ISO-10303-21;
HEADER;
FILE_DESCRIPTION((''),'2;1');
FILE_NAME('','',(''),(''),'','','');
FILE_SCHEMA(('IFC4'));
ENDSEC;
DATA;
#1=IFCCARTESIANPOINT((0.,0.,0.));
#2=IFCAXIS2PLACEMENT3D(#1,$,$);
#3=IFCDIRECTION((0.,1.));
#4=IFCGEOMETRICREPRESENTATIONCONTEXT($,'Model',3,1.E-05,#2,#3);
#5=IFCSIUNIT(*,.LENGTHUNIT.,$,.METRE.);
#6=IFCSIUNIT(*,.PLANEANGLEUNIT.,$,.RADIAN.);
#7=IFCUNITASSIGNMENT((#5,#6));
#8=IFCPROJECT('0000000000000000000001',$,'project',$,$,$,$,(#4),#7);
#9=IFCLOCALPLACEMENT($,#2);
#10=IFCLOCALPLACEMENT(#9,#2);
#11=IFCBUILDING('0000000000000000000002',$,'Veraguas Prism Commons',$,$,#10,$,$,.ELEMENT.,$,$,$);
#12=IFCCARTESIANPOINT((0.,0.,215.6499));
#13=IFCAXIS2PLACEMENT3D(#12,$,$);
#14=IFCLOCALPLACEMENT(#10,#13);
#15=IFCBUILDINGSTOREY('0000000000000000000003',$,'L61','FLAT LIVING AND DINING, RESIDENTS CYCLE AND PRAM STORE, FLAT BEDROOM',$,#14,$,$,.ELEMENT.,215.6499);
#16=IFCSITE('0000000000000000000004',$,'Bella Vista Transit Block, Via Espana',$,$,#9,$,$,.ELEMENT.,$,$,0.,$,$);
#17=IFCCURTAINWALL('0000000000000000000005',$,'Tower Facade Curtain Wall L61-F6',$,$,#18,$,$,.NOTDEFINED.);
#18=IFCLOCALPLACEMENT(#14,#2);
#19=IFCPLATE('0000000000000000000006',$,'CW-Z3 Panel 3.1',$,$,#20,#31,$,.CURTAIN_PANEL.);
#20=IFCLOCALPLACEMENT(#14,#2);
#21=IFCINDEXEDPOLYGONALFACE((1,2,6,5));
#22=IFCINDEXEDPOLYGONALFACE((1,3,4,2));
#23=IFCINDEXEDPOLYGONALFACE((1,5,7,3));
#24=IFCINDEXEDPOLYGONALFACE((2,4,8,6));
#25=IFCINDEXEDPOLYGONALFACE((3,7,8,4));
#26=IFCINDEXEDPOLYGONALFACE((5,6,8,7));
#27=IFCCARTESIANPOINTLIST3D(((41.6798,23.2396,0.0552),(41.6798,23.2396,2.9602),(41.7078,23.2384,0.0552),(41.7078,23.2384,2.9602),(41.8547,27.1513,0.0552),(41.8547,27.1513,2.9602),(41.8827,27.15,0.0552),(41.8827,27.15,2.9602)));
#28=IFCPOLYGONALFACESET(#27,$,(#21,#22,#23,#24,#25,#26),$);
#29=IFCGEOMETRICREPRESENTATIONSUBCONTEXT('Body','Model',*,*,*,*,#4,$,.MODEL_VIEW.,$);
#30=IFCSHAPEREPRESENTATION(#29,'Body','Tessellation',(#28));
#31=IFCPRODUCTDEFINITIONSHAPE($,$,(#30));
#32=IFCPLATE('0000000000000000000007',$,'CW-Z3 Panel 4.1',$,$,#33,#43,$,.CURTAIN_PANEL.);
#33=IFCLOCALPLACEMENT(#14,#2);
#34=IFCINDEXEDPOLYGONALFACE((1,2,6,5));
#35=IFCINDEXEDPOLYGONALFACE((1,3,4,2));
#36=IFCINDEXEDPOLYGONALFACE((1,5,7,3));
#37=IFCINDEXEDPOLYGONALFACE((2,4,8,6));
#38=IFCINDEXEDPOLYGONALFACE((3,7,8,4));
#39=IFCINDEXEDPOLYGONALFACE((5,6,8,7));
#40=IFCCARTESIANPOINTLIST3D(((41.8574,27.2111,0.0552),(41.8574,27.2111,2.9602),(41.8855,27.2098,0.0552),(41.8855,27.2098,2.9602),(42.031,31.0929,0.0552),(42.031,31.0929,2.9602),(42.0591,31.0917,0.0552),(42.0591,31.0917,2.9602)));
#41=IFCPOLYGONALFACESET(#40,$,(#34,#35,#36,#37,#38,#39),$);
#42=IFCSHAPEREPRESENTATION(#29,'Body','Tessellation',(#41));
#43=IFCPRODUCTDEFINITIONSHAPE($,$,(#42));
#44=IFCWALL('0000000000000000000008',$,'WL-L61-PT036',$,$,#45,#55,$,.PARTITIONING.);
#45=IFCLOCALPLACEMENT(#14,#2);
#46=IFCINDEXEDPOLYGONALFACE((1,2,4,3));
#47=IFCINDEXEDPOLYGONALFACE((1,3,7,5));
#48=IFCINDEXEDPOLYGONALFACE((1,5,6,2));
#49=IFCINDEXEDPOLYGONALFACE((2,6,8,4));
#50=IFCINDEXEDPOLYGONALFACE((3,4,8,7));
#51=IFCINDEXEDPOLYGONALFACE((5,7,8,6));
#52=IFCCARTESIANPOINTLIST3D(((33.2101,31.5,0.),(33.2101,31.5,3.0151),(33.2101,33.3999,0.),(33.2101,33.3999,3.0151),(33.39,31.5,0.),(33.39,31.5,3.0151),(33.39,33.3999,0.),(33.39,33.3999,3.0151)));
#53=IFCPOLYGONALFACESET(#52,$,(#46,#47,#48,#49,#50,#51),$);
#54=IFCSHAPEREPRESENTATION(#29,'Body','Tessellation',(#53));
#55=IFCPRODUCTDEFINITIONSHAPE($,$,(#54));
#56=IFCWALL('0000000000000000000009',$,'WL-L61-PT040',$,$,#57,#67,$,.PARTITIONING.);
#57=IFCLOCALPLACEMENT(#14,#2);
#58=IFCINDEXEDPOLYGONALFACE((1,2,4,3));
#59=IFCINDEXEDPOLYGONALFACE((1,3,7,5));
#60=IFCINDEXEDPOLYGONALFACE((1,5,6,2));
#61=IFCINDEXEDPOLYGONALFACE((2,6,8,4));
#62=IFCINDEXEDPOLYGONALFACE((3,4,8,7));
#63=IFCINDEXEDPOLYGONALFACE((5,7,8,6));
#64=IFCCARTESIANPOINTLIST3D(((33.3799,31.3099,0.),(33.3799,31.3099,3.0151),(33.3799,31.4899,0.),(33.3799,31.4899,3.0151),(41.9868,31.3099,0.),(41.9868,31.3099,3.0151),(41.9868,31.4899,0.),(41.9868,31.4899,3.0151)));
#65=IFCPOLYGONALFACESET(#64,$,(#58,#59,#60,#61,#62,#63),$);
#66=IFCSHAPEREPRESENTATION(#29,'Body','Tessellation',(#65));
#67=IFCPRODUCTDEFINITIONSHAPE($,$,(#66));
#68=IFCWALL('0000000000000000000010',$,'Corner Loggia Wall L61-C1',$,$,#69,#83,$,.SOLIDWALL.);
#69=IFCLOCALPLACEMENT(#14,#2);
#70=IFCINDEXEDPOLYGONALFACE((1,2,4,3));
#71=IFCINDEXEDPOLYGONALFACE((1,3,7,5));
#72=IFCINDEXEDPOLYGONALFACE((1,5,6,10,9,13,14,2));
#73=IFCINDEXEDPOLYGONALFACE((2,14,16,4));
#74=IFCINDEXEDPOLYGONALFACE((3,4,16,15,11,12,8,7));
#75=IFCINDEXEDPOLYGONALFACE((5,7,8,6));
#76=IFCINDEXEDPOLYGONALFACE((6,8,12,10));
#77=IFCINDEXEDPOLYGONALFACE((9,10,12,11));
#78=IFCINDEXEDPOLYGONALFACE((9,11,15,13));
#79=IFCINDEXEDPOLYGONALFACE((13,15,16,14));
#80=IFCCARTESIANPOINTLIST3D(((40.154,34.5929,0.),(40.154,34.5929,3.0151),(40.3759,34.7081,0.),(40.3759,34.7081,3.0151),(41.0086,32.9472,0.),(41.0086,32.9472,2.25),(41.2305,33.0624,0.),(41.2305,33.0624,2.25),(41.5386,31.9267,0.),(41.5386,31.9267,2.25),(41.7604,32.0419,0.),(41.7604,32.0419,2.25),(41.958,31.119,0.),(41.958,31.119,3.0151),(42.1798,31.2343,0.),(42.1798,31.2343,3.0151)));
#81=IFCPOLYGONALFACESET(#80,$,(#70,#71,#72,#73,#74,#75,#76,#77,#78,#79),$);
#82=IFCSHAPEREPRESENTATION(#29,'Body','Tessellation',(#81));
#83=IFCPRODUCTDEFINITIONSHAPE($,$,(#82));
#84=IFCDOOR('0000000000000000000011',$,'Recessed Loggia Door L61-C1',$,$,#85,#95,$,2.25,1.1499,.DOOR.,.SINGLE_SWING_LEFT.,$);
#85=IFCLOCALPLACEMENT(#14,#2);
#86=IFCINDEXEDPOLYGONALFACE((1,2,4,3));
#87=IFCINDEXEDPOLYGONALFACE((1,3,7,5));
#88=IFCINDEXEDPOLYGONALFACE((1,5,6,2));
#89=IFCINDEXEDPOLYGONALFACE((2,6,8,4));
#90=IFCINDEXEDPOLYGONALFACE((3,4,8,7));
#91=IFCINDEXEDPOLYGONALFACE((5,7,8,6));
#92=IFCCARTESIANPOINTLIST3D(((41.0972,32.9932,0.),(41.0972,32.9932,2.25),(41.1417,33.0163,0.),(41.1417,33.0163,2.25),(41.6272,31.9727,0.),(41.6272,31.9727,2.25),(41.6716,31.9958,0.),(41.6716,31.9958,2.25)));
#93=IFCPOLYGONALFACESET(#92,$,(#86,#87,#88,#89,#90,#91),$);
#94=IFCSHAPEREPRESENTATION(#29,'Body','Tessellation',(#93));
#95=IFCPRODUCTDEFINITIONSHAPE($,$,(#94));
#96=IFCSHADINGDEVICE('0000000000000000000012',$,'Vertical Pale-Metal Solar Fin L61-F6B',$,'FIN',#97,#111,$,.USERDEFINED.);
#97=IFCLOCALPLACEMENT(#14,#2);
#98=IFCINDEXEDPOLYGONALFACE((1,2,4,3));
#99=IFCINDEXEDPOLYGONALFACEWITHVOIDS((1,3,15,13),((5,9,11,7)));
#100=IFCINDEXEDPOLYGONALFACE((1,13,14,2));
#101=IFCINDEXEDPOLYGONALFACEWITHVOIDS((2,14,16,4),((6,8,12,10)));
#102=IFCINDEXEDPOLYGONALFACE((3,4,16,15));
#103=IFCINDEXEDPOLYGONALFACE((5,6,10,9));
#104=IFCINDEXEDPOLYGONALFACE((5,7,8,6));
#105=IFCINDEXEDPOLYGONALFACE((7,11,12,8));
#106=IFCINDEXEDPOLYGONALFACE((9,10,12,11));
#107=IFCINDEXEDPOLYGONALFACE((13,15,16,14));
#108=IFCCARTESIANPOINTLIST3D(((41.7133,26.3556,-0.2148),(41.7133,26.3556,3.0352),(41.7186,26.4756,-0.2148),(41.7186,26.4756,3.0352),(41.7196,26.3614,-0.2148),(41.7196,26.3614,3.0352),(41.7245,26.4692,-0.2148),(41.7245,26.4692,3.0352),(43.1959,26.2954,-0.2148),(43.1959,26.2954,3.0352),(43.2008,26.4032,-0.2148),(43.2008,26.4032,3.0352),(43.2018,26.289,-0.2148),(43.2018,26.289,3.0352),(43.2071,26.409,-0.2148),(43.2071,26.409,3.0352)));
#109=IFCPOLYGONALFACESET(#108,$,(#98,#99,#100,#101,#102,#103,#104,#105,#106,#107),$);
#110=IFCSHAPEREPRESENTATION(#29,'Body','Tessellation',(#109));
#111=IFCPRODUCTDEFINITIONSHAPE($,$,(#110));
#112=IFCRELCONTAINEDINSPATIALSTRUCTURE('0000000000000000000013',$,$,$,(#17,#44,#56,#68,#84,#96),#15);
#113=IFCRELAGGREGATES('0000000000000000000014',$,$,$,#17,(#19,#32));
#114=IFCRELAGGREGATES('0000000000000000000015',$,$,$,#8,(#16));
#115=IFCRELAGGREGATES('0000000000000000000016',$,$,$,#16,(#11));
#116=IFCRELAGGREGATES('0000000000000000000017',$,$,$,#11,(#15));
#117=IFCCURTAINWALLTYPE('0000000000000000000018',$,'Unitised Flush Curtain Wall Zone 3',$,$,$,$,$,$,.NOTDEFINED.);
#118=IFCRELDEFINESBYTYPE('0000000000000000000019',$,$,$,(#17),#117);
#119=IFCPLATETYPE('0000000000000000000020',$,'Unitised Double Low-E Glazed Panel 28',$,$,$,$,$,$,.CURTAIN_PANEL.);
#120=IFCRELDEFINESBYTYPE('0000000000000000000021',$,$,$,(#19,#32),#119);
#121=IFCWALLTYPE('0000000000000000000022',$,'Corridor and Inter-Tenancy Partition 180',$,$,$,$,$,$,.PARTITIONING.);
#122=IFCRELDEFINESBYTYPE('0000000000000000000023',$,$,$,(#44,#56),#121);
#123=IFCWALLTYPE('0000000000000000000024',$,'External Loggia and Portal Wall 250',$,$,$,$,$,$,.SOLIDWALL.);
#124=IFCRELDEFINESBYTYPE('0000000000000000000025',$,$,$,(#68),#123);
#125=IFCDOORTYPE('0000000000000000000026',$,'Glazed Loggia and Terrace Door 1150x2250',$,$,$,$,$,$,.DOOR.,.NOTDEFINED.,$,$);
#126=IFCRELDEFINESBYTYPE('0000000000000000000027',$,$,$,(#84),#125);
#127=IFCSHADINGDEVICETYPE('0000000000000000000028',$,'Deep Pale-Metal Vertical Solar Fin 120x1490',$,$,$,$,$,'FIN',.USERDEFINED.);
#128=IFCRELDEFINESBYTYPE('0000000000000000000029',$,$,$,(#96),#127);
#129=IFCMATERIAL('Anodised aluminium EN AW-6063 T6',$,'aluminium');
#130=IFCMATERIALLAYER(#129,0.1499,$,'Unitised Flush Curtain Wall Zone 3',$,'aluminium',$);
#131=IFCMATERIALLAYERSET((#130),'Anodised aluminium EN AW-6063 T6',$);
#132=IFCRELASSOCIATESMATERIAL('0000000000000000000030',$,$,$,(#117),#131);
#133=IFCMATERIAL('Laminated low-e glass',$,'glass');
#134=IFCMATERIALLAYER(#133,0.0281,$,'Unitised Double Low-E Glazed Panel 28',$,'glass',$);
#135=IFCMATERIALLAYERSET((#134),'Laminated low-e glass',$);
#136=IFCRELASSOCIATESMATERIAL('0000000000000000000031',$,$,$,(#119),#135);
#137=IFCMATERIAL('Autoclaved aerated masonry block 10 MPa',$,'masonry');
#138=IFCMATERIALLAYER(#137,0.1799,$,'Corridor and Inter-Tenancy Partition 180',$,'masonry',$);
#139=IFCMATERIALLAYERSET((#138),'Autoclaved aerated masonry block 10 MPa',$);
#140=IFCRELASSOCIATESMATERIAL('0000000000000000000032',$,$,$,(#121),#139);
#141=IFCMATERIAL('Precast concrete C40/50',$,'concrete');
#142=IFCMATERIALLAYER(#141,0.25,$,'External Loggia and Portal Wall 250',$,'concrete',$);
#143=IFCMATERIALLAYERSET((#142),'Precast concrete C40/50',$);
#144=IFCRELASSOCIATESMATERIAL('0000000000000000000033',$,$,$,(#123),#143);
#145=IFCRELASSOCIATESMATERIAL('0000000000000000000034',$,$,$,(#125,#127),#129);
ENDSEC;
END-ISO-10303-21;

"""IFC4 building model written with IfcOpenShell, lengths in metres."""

from ifc_helpers import new_model, si_unit, direction, frame, frame_2d, origin, origin_2d, place, context, subcontext, project, spatial, rectangle, hollow_rectangle, extrude, source, transform, mapped, material, layer, layer_set, material_profile, profile_set, type_object, element, fill, aggregate, save


model = new_model("IFC4")

# Units and contexts
model_context = context("Model", 3, precision=1e-05, world=origin(), true_north=direction((0.0, 1.0)))
body_context = subcontext(model_context, "Body", "Model", "MODEL_VIEW")
ifc_project = project(units=[si_unit("LENGTHUNIT", "METRE"), si_unit("PLANEANGLEUNIT", "RADIAN")], contexts=[model_context])

# Site, building, storey
site_placement = place(None, origin())
site = spatial("IfcSite", under=ifc_project, at=site_placement, Name="Bella Vista Transit Block, Via Espana", CompositionType="ELEMENT", RefElevation=0.0)
building_placement = place(site_placement, origin())
building = spatial("IfcBuilding", under=site, at=building_placement, Name="Veraguas Prism Commons", CompositionType="ELEMENT")
storey_placement = place(building_placement, frame((0.0, 0.0, 215.6499)))
storey = spatial("IfcBuildingStorey", under=building, at=storey_placement, Name="L61", Description="FLAT LIVING AND DINING, RESIDENTS CYCLE AND PRAM STORE, FLAT BEDROOM", CompositionType="ELEMENT", Elevation=215.6499)

# Curtain wall, plates
ifc_material_1 = material(Name="Anodised aluminium EN AW-6063 T6", Category="aluminium")
ifc_layer_1 = layer(ifc_material_1, 0.1499, Name="Unitised Flush Curtain Wall Zone 3", Category="aluminium")
ifc_layer_set_1 = layer_set([ifc_layer_1], Name="Anodised aluminium EN AW-6063 T6")
curtain_wall_type = type_object("IfcCurtainWallType", Name="Unitised Flush Curtain Wall Zone 3", PredefinedType="NOTDEFINED", material=ifc_layer_set_1)
curtain_wall_placement = place(storey_placement, origin())
curtain_wall = element("IfcCurtainWall", 1, at=curtain_wall_placement, inside=storey, type_object=curtain_wall_type, Name="Tower Facade Curtain Wall L61-F6", PredefinedType="NOTDEFINED")
ifc_material_2 = material(Name="Laminated low-e glass", Category="glass")
ifc_layer_2 = layer(ifc_material_2, 0.0281, Name="Unitised Double Low-E Glazed Panel 28", Category="glass")
ifc_layer_set_2 = layer_set([ifc_layer_2], Name="Laminated low-e glass")
plate_type = type_object("IfcPlateType", Name="Unitised Double Low-E Glazed Panel 28", PredefinedType="CURTAIN_PANEL", material=ifc_layer_set_2)
shared_shape_1 = source(origin(), body_context, "Body", "SweptSolid", [
    extrude(rectangle(XDim=3.9155, YDim=0.0281, at=origin_2d()), origin(), (0.0, 0.0, 1.0), 2.905),
])
plate_1_placement = place(storey_placement, frame((41.7812, 25.1948, 0.0552), z_axis=(0.0, 0.0, 1.0), x_axis=(0.044666, 0.999002, 0.0)))
plate_1 = element("IfcPlate", 2, at=plate_1_placement, type_object=plate_type, Name="CW-Z3 Panel 3.1", PredefinedType="CURTAIN_PANEL", context=body_context, shape_type="MappedRepresentation", body=[
    mapped(shared_shape_1, transform((0.0, 0.0, 0.0), scale=1.0)),
])
shared_shape_2 = source(origin(), body_context, "Body", "SweptSolid", [
    extrude(rectangle(XDim=3.8857, YDim=0.0281, at=origin_2d()), origin(), (0.0, 0.0, 1.0), 2.905),
])
plate_2_placement = place(storey_placement, frame((41.9583, 29.1514, 0.0552), z_axis=(0.0, 0.0, 1.0), x_axis=(0.044666, 0.999002, 0.0)))
plate_2 = element("IfcPlate", 3, at=plate_2_placement, type_object=plate_type, Name="CW-Z3 Panel 4.1", PredefinedType="CURTAIN_PANEL", context=body_context, shape_type="MappedRepresentation", body=[
    mapped(shared_shape_2, transform((0.0, 0.0, 0.0), scale=1.0)),
])
aggregate(curtain_wall, [plate_1, plate_2])

# Walls
ifc_material_3 = material(Name="Autoclaved aerated masonry block 10 MPa", Category="masonry")
ifc_layer_3 = layer(ifc_material_3, 0.1799, Name="Corridor and Inter-Tenancy Partition 180", Category="masonry")
ifc_layer_set_3 = layer_set([ifc_layer_3], Name="Autoclaved aerated masonry block 10 MPa")
wall_type_1 = type_object("IfcWallType", Name="Corridor and Inter-Tenancy Partition 180", PredefinedType="PARTITIONING", material=ifc_layer_set_3)
wall_1_placement = place(storey_placement, frame((33.3, 31.5, 0.0), z_axis=(0.0, 0.0, 1.0), x_axis=(0.0, 1.0, 0.0)))
element("IfcWall", 4, at=wall_1_placement, inside=storey, type_object=wall_type_1, Name="WL-L61-PT036", PredefinedType="PARTITIONING", context=body_context, shape_type="SweptSolid", body=[
    extrude(rectangle(XDim=1.8999, YDim=0.1799, at=frame_2d((0.95, 0.0))), origin(), (0.0, 0.0, 1.0), 3.0151),
])
wall_2_placement = place(storey_placement, frame((33.3799, 31.3999, 0.0), z_axis=(0.0, 0.0, 1.0), x_axis=(1.0, 0.0, 0.0)))
element("IfcWall", 5, at=wall_2_placement, inside=storey, type_object=wall_type_1, Name="WL-L61-PT040", PredefinedType="PARTITIONING", context=body_context, shape_type="SweptSolid", body=[
    extrude(rectangle(XDim=8.6069, YDim=0.1799, at=frame_2d((4.3035, 0.0))), origin(), (0.0, 0.0, 1.0), 3.0151),
])

# Wall, opening, door
ifc_material_4 = material(Name="Precast concrete C40/50", Category="concrete")
ifc_layer_4 = layer(ifc_material_4, 0.25, Name="External Loggia and Portal Wall 250", Category="concrete")
ifc_layer_set_4 = layer_set([ifc_layer_4], Name="Precast concrete C40/50")
wall_type_2 = type_object("IfcWallType", Name="External Loggia and Portal Wall 250", PredefinedType="SOLIDWALL", material=ifc_layer_set_4)
wall_3_placement = place(storey_placement, frame((42.0688, 31.1768, 0.0), z_axis=(0.0, 0.0, 1.0), x_axis=(-0.460858, 0.887474, 0.0)))
wall_3 = element("IfcWall", 6, at=wall_3_placement, inside=storey, type_object=wall_type_2, Name="Corner Loggia Wall L61-C1", PredefinedType="SOLIDWALL", context=body_context, shape_type="SweptSolid", body=[
    extrude(rectangle(XDim=3.9143, YDim=0.25, at=frame_2d((1.957, 0.0))), origin(), (0.0, 0.0, 1.0), 3.0151),
])
opening_placement = place(wall_3_placement, frame((0.9099, 0.0, 0.0)))
opening = element("IfcOpeningElement", 7, at=opening_placement, cuts=wall_3, PredefinedType="OPENING", context=body_context, shape_type="SweptSolid", body=[
    extrude(rectangle(XDim=1.1499, YDim=2.25, at=frame_2d((0.575, 1.125))), frame((0.0, 0.135, 0.0), z_axis=(0.0, -1.0, 0.0), x_axis=(1.0, 0.0, 0.0)), (0.0, 0.0, 1.0), 0.27),
])
door_type = type_object("IfcDoorType", Name="Glazed Loggia and Terrace Door 1150x2250", OperationType="NOTDEFINED", PredefinedType="DOOR", material=ifc_material_1)
shared_shape_3 = source(origin(), body_context, "Body", "SweptSolid", [
    extrude(rectangle(XDim=1.1499, YDim=2.25, at=frame_2d((0.575, 1.125))), frame((0.0, 0.0249, 0.0), z_axis=(0.0, -1.0, 0.0), x_axis=(1.0, 0.0, 0.0)), (0.0, 0.0, 1.0), 0.05),
])
door_placement = place(opening_placement, frame((1.1499, 0.0, 0.0), z_axis=(0.0, 0.0, 1.0), x_axis=(-1.0, 0.0, 0.0)))
door = element("IfcDoor", 8, at=door_placement, inside=storey, type_object=door_type, Name="Recessed Loggia Door L61-C1", OperationType="SINGLE_SWING_LEFT", OverallHeight=2.25, OverallWidth=1.1499, PredefinedType="DOOR", context=body_context, shape_type="MappedRepresentation", body=[
    mapped(shared_shape_3, transform((0.0, 0.0, 0.0), scale=1.0)),
])
fill(opening, door)

# Shading device
ifc_material_profile_1 = material_profile(ifc_material_1, hollow_rectangle(XDim=0.1201, YDim=1.49, WallThickness=0.0061, at=origin_2d()), Name="FIN120X1490X6")
ifc_profile_set_1 = profile_set([ifc_material_profile_1], Name="Anodised aluminium EN AW-6063 T6")
shading_device_type = type_object("IfcShadingDeviceType", Name="Deep Pale-Metal Vertical Solar Fin 120x1490", ElementType="FIN", PredefinedType="USERDEFINED", material=ifc_profile_set_1)
shading_device_placement = place(storey_placement, frame((42.4602, 26.3823, -0.2148), z_axis=(0.0, 0.0, 1.0), x_axis=(0.044669, 0.999002, 0.0)))
element("IfcShadingDevice", 9, at=shading_device_placement, inside=storey, type_object=shading_device_type, Name="Vertical Pale-Metal Solar Fin L61-F6B", ObjectType="FIN", PredefinedType="USERDEFINED", context=body_context, shape_type="SweptSolid", body=[
    extrude(hollow_rectangle(XDim=0.1201, YDim=1.49, WallThickness=0.0061, at=origin_2d()), origin(), (0.0, 0.0, 1.0), 3.25),
])

save(model, "model.ifc")
